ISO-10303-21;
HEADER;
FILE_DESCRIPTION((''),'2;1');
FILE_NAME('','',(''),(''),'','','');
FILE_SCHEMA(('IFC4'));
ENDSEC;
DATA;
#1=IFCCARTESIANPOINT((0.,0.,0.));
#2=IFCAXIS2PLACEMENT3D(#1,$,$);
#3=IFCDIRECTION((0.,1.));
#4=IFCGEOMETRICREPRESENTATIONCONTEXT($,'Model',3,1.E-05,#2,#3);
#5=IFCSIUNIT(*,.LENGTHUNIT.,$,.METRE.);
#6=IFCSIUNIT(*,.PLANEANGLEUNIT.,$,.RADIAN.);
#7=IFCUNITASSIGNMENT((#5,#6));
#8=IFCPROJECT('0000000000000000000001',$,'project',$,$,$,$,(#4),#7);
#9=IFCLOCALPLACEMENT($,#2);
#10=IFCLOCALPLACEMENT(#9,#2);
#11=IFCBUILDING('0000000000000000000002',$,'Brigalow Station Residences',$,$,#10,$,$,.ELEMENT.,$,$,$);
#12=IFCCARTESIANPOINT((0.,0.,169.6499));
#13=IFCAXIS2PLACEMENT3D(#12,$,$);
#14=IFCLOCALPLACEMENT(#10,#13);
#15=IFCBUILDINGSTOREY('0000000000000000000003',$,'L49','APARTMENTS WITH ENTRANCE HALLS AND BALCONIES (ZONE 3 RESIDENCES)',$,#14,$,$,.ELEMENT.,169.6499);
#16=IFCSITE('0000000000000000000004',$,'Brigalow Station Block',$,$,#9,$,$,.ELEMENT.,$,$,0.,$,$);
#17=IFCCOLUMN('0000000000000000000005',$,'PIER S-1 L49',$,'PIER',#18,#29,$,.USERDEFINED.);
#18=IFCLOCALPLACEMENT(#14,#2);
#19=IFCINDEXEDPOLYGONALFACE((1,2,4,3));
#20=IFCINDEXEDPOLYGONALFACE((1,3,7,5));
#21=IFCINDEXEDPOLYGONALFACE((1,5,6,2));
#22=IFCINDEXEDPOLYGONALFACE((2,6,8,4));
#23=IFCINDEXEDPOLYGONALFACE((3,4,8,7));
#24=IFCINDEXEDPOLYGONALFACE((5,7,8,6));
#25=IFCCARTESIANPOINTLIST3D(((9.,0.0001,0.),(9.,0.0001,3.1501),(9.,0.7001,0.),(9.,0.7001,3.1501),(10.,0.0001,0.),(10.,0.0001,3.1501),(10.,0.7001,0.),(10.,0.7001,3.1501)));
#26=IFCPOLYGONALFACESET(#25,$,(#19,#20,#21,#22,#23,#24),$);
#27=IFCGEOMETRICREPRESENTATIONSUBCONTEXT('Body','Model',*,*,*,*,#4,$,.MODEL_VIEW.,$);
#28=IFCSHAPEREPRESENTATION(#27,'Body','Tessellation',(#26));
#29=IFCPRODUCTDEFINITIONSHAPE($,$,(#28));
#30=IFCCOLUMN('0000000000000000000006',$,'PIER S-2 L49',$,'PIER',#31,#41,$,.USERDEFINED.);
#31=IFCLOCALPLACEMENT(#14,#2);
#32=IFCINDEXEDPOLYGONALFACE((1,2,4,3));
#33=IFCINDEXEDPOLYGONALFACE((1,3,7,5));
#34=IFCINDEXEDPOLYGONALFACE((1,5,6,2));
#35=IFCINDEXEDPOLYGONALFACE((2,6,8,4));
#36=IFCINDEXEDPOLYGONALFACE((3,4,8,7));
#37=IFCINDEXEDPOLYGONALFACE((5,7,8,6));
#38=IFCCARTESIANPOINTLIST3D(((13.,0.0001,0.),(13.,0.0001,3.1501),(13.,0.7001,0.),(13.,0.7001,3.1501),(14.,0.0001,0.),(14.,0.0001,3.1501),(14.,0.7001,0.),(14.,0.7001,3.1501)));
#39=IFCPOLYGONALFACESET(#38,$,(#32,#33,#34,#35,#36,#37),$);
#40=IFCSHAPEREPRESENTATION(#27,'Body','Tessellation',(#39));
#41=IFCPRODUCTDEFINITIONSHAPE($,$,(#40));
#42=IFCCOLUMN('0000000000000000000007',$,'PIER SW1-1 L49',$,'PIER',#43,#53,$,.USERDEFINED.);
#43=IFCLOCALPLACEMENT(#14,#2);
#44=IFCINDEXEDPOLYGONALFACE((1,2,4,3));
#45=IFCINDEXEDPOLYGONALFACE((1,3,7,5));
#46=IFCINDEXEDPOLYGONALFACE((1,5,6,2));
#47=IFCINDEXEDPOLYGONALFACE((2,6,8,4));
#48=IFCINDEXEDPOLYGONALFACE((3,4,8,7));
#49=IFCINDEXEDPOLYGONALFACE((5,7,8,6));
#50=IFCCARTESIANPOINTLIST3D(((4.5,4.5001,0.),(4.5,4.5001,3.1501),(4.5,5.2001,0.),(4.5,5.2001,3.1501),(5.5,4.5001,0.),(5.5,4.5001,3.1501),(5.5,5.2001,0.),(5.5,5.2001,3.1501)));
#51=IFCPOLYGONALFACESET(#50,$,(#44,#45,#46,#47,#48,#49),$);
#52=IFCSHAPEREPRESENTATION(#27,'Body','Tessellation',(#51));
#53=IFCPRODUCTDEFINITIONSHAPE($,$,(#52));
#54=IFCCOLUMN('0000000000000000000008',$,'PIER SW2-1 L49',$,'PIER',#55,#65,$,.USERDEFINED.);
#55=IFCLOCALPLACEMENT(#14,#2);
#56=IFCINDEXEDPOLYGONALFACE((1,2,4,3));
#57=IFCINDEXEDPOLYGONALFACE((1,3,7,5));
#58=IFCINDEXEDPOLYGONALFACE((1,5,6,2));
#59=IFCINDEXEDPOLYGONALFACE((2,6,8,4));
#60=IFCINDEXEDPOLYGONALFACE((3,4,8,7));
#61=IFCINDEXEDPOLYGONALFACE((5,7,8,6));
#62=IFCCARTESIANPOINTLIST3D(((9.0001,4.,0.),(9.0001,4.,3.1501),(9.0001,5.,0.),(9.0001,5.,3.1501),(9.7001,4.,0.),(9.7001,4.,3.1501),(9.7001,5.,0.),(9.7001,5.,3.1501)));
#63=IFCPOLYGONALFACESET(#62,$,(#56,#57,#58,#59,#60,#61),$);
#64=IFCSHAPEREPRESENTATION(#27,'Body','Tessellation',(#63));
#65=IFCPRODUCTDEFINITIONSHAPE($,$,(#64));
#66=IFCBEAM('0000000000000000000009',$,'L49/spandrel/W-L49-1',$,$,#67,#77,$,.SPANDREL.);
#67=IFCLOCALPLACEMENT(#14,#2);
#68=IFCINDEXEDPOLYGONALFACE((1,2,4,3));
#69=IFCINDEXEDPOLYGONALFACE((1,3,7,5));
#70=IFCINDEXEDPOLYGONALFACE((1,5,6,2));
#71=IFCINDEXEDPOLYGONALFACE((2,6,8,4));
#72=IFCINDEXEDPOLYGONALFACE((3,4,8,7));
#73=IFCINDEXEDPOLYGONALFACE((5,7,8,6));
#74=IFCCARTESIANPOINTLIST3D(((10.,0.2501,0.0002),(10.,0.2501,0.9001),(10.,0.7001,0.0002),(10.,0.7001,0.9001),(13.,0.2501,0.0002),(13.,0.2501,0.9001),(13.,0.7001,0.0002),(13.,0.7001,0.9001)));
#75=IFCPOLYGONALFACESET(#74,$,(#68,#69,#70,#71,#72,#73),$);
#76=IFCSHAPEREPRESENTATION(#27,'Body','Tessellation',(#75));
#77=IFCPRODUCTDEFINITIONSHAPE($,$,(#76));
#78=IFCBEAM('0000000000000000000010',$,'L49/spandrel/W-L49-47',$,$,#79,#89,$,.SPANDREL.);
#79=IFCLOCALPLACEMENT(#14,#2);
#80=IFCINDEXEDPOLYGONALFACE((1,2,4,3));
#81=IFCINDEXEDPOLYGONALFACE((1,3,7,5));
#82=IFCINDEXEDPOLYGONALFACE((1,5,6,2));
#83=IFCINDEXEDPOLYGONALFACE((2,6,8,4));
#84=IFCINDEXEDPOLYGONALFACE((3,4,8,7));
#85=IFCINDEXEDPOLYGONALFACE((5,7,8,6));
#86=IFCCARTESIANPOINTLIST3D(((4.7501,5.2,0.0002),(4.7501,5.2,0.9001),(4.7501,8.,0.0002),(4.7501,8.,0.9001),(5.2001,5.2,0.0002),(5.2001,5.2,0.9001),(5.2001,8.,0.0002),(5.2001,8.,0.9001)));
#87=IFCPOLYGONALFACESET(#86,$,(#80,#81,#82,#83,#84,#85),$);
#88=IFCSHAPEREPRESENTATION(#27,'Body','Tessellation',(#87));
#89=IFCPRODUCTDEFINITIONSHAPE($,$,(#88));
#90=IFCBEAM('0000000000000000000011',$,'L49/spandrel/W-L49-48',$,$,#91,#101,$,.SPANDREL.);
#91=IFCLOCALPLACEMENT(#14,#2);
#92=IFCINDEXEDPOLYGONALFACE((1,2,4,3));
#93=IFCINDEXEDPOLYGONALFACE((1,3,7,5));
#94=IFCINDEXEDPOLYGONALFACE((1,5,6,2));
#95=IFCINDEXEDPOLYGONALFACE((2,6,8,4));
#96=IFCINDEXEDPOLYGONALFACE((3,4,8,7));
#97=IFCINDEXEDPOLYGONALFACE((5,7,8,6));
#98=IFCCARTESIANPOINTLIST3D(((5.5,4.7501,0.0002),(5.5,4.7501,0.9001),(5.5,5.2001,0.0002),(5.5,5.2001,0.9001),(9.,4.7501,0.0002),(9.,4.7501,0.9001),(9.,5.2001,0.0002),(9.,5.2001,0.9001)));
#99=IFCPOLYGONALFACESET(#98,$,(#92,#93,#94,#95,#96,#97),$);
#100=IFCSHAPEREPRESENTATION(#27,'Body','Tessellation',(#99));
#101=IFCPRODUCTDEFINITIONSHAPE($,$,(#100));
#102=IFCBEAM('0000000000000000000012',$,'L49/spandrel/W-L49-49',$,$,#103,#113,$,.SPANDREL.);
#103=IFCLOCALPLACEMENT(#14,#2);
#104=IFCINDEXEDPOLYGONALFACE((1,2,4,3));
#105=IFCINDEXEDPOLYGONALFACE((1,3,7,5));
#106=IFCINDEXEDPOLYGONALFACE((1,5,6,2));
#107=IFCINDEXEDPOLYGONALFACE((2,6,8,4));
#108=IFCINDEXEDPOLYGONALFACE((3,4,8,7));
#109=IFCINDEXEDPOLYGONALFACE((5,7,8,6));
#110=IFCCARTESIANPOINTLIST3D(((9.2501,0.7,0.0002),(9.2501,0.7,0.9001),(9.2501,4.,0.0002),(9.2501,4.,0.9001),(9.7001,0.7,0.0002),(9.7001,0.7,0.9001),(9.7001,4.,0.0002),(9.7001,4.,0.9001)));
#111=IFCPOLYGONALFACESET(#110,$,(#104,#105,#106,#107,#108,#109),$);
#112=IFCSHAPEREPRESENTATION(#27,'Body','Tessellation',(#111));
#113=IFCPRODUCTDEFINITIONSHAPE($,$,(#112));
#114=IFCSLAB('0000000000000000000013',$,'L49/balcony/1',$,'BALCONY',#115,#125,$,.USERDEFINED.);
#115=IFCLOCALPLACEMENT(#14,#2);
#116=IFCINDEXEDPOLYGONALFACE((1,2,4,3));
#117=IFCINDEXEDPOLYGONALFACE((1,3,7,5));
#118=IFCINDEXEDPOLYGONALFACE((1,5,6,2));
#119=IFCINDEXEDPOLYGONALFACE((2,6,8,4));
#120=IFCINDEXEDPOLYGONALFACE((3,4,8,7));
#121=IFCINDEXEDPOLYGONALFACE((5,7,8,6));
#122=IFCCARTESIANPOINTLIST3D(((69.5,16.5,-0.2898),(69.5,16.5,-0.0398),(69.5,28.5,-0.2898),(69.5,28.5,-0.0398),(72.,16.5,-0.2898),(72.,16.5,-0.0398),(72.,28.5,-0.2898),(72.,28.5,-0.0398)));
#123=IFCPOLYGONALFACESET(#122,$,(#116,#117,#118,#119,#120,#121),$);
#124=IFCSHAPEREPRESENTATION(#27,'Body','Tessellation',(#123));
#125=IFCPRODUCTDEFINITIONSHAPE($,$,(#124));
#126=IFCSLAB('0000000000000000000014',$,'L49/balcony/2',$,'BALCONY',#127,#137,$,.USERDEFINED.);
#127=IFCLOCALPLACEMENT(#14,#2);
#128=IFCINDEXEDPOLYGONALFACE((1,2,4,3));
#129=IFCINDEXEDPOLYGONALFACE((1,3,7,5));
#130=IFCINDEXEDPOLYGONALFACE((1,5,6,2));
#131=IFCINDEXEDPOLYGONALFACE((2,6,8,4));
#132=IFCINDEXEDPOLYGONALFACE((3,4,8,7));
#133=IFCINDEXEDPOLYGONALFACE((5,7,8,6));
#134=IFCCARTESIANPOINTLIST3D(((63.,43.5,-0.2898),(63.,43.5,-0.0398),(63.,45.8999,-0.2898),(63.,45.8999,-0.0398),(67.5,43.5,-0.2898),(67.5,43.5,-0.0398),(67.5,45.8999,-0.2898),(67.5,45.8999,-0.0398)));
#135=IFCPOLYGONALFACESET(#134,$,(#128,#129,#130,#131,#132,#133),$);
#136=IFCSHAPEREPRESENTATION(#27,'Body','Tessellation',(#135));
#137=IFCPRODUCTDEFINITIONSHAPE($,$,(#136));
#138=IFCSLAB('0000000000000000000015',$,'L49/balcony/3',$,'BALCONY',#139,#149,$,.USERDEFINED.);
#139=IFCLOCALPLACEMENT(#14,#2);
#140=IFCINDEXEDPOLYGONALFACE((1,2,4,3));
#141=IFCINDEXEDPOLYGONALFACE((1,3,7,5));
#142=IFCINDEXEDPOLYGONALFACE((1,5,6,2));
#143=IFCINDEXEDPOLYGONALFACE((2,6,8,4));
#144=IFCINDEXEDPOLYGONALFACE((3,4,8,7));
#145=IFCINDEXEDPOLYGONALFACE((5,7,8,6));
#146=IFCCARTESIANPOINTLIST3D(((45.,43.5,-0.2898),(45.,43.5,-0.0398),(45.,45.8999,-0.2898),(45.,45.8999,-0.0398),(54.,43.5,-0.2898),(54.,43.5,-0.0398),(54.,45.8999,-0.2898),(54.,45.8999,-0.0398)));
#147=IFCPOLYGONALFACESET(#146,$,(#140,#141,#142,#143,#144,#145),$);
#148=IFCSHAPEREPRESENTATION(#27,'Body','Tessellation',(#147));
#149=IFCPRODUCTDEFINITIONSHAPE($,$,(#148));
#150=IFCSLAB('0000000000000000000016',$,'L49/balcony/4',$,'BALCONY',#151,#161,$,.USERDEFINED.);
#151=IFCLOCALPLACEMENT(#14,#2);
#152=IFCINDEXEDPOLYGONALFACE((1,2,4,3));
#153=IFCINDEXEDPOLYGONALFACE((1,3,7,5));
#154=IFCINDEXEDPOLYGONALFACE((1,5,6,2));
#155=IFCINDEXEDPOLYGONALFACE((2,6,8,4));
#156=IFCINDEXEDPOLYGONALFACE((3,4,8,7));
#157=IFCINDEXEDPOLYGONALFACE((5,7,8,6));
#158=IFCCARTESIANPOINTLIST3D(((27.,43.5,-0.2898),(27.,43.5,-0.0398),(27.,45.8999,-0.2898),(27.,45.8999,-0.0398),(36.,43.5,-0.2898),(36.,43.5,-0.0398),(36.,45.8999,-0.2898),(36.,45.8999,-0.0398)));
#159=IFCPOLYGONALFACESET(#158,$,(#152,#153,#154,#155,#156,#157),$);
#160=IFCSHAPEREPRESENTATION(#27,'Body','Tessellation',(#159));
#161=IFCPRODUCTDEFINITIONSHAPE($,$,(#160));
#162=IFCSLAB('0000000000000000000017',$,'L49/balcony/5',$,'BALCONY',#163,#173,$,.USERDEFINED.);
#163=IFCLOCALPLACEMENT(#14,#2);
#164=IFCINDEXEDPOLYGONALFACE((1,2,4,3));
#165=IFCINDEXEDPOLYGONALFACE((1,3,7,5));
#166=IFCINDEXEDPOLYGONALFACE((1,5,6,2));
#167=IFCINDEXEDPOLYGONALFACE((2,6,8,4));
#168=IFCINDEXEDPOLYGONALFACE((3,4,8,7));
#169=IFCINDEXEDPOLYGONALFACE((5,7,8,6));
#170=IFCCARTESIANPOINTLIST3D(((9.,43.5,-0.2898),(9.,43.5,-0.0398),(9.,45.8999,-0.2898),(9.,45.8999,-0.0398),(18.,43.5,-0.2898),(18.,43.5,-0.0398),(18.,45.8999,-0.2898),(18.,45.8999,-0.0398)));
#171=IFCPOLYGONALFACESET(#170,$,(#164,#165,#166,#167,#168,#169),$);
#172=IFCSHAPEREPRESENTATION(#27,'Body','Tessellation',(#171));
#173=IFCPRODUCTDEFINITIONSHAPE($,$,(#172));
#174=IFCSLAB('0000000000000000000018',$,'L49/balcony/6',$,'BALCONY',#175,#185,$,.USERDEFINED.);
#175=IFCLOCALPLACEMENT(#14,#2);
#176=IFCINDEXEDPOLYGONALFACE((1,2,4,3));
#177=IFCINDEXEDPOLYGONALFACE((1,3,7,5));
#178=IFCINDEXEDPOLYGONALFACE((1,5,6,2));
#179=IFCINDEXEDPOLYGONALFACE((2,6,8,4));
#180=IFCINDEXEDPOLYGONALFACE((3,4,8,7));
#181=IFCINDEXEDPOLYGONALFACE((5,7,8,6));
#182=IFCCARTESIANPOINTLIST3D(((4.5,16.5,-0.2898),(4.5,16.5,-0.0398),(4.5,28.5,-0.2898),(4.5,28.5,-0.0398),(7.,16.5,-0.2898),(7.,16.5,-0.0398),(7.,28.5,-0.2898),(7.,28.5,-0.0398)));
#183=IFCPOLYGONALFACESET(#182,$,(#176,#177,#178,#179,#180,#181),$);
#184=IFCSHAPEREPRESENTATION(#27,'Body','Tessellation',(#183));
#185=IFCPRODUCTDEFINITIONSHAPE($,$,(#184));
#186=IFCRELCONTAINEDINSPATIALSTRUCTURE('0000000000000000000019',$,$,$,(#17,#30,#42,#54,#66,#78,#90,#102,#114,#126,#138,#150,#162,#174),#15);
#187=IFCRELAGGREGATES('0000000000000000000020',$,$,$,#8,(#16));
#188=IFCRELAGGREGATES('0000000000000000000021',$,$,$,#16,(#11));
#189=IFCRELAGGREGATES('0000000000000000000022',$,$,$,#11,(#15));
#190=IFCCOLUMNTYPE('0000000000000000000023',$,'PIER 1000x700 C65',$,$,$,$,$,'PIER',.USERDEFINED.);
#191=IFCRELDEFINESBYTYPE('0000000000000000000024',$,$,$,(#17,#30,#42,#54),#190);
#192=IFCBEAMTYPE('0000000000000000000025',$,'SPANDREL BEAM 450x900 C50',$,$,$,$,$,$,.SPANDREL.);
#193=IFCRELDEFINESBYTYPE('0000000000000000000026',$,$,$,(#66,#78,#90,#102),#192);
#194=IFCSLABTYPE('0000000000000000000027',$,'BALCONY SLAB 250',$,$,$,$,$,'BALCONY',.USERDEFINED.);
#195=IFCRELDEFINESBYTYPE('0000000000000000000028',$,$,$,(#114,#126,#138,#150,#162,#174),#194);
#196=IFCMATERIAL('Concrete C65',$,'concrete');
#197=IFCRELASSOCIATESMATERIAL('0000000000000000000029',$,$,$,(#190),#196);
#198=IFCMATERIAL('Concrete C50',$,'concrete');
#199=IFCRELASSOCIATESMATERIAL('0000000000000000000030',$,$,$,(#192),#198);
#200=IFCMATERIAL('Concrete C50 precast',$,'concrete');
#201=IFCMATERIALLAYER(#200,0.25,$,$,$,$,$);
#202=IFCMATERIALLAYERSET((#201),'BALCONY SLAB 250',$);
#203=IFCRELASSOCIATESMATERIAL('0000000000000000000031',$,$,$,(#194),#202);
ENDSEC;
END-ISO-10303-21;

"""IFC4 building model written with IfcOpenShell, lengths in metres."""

from ifc_helpers import new_model, si_unit, direction, frame, origin, origin_2d, place, context, subcontext, project, spatial, polyline, rectangle, outline, extrude, material, layer, layer_set, material_profile, profile_set, type_object, element, save


model = new_model("IFC4")

# Units and contexts
model_context = context("Model", 3, precision=1e-05, world=origin(), true_north=direction((0.0, 1.0)))
body_context = subcontext(model_context, "Body", "Model", "MODEL_VIEW")
ifc_project = project(units=[si_unit("LENGTHUNIT", "METRE"), si_unit("PLANEANGLEUNIT", "RADIAN")], contexts=[model_context])

# Site, building, storey
site_placement = place(None, origin())
site = spatial("IfcSite", under=ifc_project, at=site_placement, Name="Brigalow Station Block", CompositionType="ELEMENT", RefElevation=0.0)
building_placement = place(site_placement, origin())
building = spatial("IfcBuilding", under=site, at=building_placement, Name="Brigalow Station Residences", CompositionType="ELEMENT")
storey_placement = place(building_placement, frame((0.0, 0.0, 169.6499)))
storey = spatial("IfcBuildingStorey", under=building, at=storey_placement, Name="L49", Description="APARTMENTS WITH ENTRANCE HALLS AND BALCONIES (ZONE 3 RESIDENCES)", CompositionType="ELEMENT", Elevation=169.6499)

# Columns
ifc_material_1 = material(Name="Concrete C65", Category="concrete")
ifc_material_profile_1 = material_profile(ifc_material_1, rectangle(XDim=1.0, YDim=0.7, at=origin_2d()), Name="RC1000x700")
ifc_profile_set_1 = profile_set([ifc_material_profile_1], Name="Concrete C65")
column_type = type_object("IfcColumnType", Name="PIER 1000x700 C65", ElementType="PIER", PredefinedType="USERDEFINED", material=ifc_profile_set_1)
for number, where, z_axis, x_axis, name in (
    (1, (9.5, 0.3501, 0.0), (0.0, 0.0, 1.0), (1.0, 0.0, 0.0), "PIER S-1 L49"),
    (2, (13.5, 0.3501, 0.0), (0.0, 0.0, 1.0), (1.0, 0.0, 0.0), "PIER S-2 L49"),
    (3, (5.0, 4.8501, 0.0), (0.0, 0.0, 1.0), (1.0, 0.0, 0.0), "PIER SW1-1 L49"),
    (4, (9.3501, 4.5, 0.0), (0.0, 0.0, 1.0), (0.0, -1.0, 0.0), "PIER SW2-1 L49"),
):
    element("IfcColumn", number, at=place(storey_placement, frame(where, z_axis=z_axis, x_axis=x_axis)), inside=storey, type_object=column_type, Name=name, ObjectType="PIER", PredefinedType="USERDEFINED", context=body_context, shape_type="SweptSolid", body=[
        extrude(rectangle(XDim=1.0, YDim=0.7, at=origin_2d()), origin(), (0.0, 0.0, 1.0), 3.1501),
    ])

# Beams
ifc_material_2 = material(Name="Concrete C50", Category="concrete")
ifc_material_profile_2 = material_profile(ifc_material_2, rectangle(XDim=0.45, YDim=0.8999, at=origin_2d()), Name="RC450x900")
ifc_profile_set_2 = profile_set([ifc_material_profile_2], Name="Concrete C50")
beam_type = type_object("IfcBeamType", Name="SPANDREL BEAM 450x900 C50", PredefinedType="SPANDREL", material=ifc_profile_set_2)
beam_1_placement = place(storey_placement, frame((10.0, 0.4751, 0.4502), z_axis=(1.0, 0.0, 0.0), x_axis=(0.0, 1.0, 0.0)))
element("IfcBeam", 5, at=beam_1_placement, inside=storey, type_object=beam_type, Name="L49/spandrel/W-L49-1", PredefinedType="SPANDREL", context=body_context, shape_type="SweptSolid", body=[
    extrude(rectangle(XDim=0.45, YDim=0.8999, at=origin_2d()), origin(), (0.0, 0.0, 1.0), 3.0),
])
beam_2_placement = place(storey_placement, frame((4.9751, 8.0, 0.4502), z_axis=(0.0, -1.0, 0.0), x_axis=(1.0, 0.0, 0.0)))
element("IfcBeam", 6, at=beam_2_placement, inside=storey, type_object=beam_type, Name="L49/spandrel/W-L49-47", PredefinedType="SPANDREL", context=body_context, shape_type="SweptSolid", body=[
    extrude(rectangle(XDim=0.45, YDim=0.8999, at=origin_2d()), origin(), (0.0, 0.0, 1.0), 2.8),
])
beam_3_placement = place(storey_placement, frame((5.5, 4.9751, 0.4502), z_axis=(1.0, 0.0, 0.0), x_axis=(0.0, 1.0, 0.0)))
element("IfcBeam", 7, at=beam_3_placement, inside=storey, type_object=beam_type, Name="L49/spandrel/W-L49-48", PredefinedType="SPANDREL", context=body_context, shape_type="SweptSolid", body=[
    extrude(rectangle(XDim=0.45, YDim=0.8999, at=origin_2d()), origin(), (0.0, 0.0, 1.0), 3.5),
])
beam_4_placement = place(storey_placement, frame((9.4751, 4.0, 0.4502), z_axis=(0.0, -1.0, 0.0), x_axis=(1.0, 0.0, 0.0)))
element("IfcBeam", 8, at=beam_4_placement, inside=storey, type_object=beam_type, Name="L49/spandrel/W-L49-49", PredefinedType="SPANDREL", context=body_context, shape_type="SweptSolid", body=[
    extrude(rectangle(XDim=0.45, YDim=0.8999, at=origin_2d()), origin(), (0.0, 0.0, 1.0), 3.3),
])

# Slabs
ifc_material_3 = material(Name="Concrete C50 precast", Category="concrete")
ifc_layer_1 = layer(ifc_material_3, 0.25)
ifc_layer_set_1 = layer_set([ifc_layer_1], Name="BALCONY SLAB 250")
slab_type_1 = type_object("IfcSlabType", Name="BALCONY SLAB 250", ElementType="BALCONY", PredefinedType="USERDEFINED", material=ifc_layer_set_1)
slab_1_placement = place(storey_placement, frame((0.0, 0.0, -0.2898)))
element("IfcSlab", 9, at=slab_1_placement, inside=storey, type_object=slab_type_1, Name="L49/balcony/1", ObjectType="BALCONY", PredefinedType="USERDEFINED", context=body_context, shape_type="SweptSolid", body=[
    extrude(outline(polyline([(69.5, 16.5), (72.0, 16.5), (72.0, 28.5), (69.5, 28.5), (69.5, 16.5)])), origin(), (0.0, 0.0, 1.0), 0.25),
])
slab_2_placement = place(storey_placement, frame((0.0, 0.0, -0.2898)))
element("IfcSlab", 10, at=slab_2_placement, inside=storey, type_object=slab_type_1, Name="L49/balcony/2", ObjectType="BALCONY", PredefinedType="USERDEFINED", context=body_context, shape_type="SweptSolid", body=[
    extrude(outline(polyline([(67.5, 43.5), (67.5, 45.8999), (63.0, 45.8999), (63.0, 43.5), (67.5, 43.5)])), origin(), (0.0, 0.0, 1.0), 0.25),
])
slab_3_placement = place(storey_placement, frame((0.0, 0.0, -0.2898)))
element("IfcSlab", 11, at=slab_3_placement, inside=storey, type_object=slab_type_1, Name="L49/balcony/3", ObjectType="BALCONY", PredefinedType="USERDEFINED", context=body_context, shape_type="SweptSolid", body=[
    extrude(outline(polyline([(54.0, 43.5), (54.0, 45.8999), (45.0, 45.8999), (45.0, 43.5), (54.0, 43.5)])), origin(), (0.0, 0.0, 1.0), 0.25),
])
slab_4_placement = place(storey_placement, frame((0.0, 0.0, -0.2898)))
element("IfcSlab", 12, at=slab_4_placement, inside=storey, type_object=slab_type_1, Name="L49/balcony/4", ObjectType="BALCONY", PredefinedType="USERDEFINED", context=body_context, shape_type="SweptSolid", body=[
    extrude(outline(polyline([(36.0, 43.5), (36.0, 45.8999), (27.0, 45.8999), (27.0, 43.5), (36.0, 43.5)])), origin(), (0.0, 0.0, 1.0), 0.25),
])
slab_5_placement = place(storey_placement, frame((0.0, 0.0, -0.2898)))
element("IfcSlab", 13, at=slab_5_placement, inside=storey, type_object=slab_type_1, Name="L49/balcony/5", ObjectType="BALCONY", PredefinedType="USERDEFINED", context=body_context, shape_type="SweptSolid", body=[
    extrude(outline(polyline([(18.0, 43.5), (18.0, 45.8999), (9.0, 45.8999), (9.0, 43.5), (18.0, 43.5)])), origin(), (0.0, 0.0, 1.0), 0.25),
])
slab_6_placement = place(storey_placement, frame((0.0, 0.0, -0.2898)))
element("IfcSlab", 14, at=slab_6_placement, inside=storey, type_object=slab_type_1, Name="L49/balcony/6", ObjectType="BALCONY", PredefinedType="USERDEFINED", context=body_context, shape_type="SweptSolid", body=[
    extrude(outline(polyline([(7.0, 28.5), (4.5, 28.5), (4.5, 16.5), (7.0, 16.5), (7.0, 28.5)])), origin(), (0.0, 0.0, 1.0), 0.25),
])

save(model, "model.ifc")
